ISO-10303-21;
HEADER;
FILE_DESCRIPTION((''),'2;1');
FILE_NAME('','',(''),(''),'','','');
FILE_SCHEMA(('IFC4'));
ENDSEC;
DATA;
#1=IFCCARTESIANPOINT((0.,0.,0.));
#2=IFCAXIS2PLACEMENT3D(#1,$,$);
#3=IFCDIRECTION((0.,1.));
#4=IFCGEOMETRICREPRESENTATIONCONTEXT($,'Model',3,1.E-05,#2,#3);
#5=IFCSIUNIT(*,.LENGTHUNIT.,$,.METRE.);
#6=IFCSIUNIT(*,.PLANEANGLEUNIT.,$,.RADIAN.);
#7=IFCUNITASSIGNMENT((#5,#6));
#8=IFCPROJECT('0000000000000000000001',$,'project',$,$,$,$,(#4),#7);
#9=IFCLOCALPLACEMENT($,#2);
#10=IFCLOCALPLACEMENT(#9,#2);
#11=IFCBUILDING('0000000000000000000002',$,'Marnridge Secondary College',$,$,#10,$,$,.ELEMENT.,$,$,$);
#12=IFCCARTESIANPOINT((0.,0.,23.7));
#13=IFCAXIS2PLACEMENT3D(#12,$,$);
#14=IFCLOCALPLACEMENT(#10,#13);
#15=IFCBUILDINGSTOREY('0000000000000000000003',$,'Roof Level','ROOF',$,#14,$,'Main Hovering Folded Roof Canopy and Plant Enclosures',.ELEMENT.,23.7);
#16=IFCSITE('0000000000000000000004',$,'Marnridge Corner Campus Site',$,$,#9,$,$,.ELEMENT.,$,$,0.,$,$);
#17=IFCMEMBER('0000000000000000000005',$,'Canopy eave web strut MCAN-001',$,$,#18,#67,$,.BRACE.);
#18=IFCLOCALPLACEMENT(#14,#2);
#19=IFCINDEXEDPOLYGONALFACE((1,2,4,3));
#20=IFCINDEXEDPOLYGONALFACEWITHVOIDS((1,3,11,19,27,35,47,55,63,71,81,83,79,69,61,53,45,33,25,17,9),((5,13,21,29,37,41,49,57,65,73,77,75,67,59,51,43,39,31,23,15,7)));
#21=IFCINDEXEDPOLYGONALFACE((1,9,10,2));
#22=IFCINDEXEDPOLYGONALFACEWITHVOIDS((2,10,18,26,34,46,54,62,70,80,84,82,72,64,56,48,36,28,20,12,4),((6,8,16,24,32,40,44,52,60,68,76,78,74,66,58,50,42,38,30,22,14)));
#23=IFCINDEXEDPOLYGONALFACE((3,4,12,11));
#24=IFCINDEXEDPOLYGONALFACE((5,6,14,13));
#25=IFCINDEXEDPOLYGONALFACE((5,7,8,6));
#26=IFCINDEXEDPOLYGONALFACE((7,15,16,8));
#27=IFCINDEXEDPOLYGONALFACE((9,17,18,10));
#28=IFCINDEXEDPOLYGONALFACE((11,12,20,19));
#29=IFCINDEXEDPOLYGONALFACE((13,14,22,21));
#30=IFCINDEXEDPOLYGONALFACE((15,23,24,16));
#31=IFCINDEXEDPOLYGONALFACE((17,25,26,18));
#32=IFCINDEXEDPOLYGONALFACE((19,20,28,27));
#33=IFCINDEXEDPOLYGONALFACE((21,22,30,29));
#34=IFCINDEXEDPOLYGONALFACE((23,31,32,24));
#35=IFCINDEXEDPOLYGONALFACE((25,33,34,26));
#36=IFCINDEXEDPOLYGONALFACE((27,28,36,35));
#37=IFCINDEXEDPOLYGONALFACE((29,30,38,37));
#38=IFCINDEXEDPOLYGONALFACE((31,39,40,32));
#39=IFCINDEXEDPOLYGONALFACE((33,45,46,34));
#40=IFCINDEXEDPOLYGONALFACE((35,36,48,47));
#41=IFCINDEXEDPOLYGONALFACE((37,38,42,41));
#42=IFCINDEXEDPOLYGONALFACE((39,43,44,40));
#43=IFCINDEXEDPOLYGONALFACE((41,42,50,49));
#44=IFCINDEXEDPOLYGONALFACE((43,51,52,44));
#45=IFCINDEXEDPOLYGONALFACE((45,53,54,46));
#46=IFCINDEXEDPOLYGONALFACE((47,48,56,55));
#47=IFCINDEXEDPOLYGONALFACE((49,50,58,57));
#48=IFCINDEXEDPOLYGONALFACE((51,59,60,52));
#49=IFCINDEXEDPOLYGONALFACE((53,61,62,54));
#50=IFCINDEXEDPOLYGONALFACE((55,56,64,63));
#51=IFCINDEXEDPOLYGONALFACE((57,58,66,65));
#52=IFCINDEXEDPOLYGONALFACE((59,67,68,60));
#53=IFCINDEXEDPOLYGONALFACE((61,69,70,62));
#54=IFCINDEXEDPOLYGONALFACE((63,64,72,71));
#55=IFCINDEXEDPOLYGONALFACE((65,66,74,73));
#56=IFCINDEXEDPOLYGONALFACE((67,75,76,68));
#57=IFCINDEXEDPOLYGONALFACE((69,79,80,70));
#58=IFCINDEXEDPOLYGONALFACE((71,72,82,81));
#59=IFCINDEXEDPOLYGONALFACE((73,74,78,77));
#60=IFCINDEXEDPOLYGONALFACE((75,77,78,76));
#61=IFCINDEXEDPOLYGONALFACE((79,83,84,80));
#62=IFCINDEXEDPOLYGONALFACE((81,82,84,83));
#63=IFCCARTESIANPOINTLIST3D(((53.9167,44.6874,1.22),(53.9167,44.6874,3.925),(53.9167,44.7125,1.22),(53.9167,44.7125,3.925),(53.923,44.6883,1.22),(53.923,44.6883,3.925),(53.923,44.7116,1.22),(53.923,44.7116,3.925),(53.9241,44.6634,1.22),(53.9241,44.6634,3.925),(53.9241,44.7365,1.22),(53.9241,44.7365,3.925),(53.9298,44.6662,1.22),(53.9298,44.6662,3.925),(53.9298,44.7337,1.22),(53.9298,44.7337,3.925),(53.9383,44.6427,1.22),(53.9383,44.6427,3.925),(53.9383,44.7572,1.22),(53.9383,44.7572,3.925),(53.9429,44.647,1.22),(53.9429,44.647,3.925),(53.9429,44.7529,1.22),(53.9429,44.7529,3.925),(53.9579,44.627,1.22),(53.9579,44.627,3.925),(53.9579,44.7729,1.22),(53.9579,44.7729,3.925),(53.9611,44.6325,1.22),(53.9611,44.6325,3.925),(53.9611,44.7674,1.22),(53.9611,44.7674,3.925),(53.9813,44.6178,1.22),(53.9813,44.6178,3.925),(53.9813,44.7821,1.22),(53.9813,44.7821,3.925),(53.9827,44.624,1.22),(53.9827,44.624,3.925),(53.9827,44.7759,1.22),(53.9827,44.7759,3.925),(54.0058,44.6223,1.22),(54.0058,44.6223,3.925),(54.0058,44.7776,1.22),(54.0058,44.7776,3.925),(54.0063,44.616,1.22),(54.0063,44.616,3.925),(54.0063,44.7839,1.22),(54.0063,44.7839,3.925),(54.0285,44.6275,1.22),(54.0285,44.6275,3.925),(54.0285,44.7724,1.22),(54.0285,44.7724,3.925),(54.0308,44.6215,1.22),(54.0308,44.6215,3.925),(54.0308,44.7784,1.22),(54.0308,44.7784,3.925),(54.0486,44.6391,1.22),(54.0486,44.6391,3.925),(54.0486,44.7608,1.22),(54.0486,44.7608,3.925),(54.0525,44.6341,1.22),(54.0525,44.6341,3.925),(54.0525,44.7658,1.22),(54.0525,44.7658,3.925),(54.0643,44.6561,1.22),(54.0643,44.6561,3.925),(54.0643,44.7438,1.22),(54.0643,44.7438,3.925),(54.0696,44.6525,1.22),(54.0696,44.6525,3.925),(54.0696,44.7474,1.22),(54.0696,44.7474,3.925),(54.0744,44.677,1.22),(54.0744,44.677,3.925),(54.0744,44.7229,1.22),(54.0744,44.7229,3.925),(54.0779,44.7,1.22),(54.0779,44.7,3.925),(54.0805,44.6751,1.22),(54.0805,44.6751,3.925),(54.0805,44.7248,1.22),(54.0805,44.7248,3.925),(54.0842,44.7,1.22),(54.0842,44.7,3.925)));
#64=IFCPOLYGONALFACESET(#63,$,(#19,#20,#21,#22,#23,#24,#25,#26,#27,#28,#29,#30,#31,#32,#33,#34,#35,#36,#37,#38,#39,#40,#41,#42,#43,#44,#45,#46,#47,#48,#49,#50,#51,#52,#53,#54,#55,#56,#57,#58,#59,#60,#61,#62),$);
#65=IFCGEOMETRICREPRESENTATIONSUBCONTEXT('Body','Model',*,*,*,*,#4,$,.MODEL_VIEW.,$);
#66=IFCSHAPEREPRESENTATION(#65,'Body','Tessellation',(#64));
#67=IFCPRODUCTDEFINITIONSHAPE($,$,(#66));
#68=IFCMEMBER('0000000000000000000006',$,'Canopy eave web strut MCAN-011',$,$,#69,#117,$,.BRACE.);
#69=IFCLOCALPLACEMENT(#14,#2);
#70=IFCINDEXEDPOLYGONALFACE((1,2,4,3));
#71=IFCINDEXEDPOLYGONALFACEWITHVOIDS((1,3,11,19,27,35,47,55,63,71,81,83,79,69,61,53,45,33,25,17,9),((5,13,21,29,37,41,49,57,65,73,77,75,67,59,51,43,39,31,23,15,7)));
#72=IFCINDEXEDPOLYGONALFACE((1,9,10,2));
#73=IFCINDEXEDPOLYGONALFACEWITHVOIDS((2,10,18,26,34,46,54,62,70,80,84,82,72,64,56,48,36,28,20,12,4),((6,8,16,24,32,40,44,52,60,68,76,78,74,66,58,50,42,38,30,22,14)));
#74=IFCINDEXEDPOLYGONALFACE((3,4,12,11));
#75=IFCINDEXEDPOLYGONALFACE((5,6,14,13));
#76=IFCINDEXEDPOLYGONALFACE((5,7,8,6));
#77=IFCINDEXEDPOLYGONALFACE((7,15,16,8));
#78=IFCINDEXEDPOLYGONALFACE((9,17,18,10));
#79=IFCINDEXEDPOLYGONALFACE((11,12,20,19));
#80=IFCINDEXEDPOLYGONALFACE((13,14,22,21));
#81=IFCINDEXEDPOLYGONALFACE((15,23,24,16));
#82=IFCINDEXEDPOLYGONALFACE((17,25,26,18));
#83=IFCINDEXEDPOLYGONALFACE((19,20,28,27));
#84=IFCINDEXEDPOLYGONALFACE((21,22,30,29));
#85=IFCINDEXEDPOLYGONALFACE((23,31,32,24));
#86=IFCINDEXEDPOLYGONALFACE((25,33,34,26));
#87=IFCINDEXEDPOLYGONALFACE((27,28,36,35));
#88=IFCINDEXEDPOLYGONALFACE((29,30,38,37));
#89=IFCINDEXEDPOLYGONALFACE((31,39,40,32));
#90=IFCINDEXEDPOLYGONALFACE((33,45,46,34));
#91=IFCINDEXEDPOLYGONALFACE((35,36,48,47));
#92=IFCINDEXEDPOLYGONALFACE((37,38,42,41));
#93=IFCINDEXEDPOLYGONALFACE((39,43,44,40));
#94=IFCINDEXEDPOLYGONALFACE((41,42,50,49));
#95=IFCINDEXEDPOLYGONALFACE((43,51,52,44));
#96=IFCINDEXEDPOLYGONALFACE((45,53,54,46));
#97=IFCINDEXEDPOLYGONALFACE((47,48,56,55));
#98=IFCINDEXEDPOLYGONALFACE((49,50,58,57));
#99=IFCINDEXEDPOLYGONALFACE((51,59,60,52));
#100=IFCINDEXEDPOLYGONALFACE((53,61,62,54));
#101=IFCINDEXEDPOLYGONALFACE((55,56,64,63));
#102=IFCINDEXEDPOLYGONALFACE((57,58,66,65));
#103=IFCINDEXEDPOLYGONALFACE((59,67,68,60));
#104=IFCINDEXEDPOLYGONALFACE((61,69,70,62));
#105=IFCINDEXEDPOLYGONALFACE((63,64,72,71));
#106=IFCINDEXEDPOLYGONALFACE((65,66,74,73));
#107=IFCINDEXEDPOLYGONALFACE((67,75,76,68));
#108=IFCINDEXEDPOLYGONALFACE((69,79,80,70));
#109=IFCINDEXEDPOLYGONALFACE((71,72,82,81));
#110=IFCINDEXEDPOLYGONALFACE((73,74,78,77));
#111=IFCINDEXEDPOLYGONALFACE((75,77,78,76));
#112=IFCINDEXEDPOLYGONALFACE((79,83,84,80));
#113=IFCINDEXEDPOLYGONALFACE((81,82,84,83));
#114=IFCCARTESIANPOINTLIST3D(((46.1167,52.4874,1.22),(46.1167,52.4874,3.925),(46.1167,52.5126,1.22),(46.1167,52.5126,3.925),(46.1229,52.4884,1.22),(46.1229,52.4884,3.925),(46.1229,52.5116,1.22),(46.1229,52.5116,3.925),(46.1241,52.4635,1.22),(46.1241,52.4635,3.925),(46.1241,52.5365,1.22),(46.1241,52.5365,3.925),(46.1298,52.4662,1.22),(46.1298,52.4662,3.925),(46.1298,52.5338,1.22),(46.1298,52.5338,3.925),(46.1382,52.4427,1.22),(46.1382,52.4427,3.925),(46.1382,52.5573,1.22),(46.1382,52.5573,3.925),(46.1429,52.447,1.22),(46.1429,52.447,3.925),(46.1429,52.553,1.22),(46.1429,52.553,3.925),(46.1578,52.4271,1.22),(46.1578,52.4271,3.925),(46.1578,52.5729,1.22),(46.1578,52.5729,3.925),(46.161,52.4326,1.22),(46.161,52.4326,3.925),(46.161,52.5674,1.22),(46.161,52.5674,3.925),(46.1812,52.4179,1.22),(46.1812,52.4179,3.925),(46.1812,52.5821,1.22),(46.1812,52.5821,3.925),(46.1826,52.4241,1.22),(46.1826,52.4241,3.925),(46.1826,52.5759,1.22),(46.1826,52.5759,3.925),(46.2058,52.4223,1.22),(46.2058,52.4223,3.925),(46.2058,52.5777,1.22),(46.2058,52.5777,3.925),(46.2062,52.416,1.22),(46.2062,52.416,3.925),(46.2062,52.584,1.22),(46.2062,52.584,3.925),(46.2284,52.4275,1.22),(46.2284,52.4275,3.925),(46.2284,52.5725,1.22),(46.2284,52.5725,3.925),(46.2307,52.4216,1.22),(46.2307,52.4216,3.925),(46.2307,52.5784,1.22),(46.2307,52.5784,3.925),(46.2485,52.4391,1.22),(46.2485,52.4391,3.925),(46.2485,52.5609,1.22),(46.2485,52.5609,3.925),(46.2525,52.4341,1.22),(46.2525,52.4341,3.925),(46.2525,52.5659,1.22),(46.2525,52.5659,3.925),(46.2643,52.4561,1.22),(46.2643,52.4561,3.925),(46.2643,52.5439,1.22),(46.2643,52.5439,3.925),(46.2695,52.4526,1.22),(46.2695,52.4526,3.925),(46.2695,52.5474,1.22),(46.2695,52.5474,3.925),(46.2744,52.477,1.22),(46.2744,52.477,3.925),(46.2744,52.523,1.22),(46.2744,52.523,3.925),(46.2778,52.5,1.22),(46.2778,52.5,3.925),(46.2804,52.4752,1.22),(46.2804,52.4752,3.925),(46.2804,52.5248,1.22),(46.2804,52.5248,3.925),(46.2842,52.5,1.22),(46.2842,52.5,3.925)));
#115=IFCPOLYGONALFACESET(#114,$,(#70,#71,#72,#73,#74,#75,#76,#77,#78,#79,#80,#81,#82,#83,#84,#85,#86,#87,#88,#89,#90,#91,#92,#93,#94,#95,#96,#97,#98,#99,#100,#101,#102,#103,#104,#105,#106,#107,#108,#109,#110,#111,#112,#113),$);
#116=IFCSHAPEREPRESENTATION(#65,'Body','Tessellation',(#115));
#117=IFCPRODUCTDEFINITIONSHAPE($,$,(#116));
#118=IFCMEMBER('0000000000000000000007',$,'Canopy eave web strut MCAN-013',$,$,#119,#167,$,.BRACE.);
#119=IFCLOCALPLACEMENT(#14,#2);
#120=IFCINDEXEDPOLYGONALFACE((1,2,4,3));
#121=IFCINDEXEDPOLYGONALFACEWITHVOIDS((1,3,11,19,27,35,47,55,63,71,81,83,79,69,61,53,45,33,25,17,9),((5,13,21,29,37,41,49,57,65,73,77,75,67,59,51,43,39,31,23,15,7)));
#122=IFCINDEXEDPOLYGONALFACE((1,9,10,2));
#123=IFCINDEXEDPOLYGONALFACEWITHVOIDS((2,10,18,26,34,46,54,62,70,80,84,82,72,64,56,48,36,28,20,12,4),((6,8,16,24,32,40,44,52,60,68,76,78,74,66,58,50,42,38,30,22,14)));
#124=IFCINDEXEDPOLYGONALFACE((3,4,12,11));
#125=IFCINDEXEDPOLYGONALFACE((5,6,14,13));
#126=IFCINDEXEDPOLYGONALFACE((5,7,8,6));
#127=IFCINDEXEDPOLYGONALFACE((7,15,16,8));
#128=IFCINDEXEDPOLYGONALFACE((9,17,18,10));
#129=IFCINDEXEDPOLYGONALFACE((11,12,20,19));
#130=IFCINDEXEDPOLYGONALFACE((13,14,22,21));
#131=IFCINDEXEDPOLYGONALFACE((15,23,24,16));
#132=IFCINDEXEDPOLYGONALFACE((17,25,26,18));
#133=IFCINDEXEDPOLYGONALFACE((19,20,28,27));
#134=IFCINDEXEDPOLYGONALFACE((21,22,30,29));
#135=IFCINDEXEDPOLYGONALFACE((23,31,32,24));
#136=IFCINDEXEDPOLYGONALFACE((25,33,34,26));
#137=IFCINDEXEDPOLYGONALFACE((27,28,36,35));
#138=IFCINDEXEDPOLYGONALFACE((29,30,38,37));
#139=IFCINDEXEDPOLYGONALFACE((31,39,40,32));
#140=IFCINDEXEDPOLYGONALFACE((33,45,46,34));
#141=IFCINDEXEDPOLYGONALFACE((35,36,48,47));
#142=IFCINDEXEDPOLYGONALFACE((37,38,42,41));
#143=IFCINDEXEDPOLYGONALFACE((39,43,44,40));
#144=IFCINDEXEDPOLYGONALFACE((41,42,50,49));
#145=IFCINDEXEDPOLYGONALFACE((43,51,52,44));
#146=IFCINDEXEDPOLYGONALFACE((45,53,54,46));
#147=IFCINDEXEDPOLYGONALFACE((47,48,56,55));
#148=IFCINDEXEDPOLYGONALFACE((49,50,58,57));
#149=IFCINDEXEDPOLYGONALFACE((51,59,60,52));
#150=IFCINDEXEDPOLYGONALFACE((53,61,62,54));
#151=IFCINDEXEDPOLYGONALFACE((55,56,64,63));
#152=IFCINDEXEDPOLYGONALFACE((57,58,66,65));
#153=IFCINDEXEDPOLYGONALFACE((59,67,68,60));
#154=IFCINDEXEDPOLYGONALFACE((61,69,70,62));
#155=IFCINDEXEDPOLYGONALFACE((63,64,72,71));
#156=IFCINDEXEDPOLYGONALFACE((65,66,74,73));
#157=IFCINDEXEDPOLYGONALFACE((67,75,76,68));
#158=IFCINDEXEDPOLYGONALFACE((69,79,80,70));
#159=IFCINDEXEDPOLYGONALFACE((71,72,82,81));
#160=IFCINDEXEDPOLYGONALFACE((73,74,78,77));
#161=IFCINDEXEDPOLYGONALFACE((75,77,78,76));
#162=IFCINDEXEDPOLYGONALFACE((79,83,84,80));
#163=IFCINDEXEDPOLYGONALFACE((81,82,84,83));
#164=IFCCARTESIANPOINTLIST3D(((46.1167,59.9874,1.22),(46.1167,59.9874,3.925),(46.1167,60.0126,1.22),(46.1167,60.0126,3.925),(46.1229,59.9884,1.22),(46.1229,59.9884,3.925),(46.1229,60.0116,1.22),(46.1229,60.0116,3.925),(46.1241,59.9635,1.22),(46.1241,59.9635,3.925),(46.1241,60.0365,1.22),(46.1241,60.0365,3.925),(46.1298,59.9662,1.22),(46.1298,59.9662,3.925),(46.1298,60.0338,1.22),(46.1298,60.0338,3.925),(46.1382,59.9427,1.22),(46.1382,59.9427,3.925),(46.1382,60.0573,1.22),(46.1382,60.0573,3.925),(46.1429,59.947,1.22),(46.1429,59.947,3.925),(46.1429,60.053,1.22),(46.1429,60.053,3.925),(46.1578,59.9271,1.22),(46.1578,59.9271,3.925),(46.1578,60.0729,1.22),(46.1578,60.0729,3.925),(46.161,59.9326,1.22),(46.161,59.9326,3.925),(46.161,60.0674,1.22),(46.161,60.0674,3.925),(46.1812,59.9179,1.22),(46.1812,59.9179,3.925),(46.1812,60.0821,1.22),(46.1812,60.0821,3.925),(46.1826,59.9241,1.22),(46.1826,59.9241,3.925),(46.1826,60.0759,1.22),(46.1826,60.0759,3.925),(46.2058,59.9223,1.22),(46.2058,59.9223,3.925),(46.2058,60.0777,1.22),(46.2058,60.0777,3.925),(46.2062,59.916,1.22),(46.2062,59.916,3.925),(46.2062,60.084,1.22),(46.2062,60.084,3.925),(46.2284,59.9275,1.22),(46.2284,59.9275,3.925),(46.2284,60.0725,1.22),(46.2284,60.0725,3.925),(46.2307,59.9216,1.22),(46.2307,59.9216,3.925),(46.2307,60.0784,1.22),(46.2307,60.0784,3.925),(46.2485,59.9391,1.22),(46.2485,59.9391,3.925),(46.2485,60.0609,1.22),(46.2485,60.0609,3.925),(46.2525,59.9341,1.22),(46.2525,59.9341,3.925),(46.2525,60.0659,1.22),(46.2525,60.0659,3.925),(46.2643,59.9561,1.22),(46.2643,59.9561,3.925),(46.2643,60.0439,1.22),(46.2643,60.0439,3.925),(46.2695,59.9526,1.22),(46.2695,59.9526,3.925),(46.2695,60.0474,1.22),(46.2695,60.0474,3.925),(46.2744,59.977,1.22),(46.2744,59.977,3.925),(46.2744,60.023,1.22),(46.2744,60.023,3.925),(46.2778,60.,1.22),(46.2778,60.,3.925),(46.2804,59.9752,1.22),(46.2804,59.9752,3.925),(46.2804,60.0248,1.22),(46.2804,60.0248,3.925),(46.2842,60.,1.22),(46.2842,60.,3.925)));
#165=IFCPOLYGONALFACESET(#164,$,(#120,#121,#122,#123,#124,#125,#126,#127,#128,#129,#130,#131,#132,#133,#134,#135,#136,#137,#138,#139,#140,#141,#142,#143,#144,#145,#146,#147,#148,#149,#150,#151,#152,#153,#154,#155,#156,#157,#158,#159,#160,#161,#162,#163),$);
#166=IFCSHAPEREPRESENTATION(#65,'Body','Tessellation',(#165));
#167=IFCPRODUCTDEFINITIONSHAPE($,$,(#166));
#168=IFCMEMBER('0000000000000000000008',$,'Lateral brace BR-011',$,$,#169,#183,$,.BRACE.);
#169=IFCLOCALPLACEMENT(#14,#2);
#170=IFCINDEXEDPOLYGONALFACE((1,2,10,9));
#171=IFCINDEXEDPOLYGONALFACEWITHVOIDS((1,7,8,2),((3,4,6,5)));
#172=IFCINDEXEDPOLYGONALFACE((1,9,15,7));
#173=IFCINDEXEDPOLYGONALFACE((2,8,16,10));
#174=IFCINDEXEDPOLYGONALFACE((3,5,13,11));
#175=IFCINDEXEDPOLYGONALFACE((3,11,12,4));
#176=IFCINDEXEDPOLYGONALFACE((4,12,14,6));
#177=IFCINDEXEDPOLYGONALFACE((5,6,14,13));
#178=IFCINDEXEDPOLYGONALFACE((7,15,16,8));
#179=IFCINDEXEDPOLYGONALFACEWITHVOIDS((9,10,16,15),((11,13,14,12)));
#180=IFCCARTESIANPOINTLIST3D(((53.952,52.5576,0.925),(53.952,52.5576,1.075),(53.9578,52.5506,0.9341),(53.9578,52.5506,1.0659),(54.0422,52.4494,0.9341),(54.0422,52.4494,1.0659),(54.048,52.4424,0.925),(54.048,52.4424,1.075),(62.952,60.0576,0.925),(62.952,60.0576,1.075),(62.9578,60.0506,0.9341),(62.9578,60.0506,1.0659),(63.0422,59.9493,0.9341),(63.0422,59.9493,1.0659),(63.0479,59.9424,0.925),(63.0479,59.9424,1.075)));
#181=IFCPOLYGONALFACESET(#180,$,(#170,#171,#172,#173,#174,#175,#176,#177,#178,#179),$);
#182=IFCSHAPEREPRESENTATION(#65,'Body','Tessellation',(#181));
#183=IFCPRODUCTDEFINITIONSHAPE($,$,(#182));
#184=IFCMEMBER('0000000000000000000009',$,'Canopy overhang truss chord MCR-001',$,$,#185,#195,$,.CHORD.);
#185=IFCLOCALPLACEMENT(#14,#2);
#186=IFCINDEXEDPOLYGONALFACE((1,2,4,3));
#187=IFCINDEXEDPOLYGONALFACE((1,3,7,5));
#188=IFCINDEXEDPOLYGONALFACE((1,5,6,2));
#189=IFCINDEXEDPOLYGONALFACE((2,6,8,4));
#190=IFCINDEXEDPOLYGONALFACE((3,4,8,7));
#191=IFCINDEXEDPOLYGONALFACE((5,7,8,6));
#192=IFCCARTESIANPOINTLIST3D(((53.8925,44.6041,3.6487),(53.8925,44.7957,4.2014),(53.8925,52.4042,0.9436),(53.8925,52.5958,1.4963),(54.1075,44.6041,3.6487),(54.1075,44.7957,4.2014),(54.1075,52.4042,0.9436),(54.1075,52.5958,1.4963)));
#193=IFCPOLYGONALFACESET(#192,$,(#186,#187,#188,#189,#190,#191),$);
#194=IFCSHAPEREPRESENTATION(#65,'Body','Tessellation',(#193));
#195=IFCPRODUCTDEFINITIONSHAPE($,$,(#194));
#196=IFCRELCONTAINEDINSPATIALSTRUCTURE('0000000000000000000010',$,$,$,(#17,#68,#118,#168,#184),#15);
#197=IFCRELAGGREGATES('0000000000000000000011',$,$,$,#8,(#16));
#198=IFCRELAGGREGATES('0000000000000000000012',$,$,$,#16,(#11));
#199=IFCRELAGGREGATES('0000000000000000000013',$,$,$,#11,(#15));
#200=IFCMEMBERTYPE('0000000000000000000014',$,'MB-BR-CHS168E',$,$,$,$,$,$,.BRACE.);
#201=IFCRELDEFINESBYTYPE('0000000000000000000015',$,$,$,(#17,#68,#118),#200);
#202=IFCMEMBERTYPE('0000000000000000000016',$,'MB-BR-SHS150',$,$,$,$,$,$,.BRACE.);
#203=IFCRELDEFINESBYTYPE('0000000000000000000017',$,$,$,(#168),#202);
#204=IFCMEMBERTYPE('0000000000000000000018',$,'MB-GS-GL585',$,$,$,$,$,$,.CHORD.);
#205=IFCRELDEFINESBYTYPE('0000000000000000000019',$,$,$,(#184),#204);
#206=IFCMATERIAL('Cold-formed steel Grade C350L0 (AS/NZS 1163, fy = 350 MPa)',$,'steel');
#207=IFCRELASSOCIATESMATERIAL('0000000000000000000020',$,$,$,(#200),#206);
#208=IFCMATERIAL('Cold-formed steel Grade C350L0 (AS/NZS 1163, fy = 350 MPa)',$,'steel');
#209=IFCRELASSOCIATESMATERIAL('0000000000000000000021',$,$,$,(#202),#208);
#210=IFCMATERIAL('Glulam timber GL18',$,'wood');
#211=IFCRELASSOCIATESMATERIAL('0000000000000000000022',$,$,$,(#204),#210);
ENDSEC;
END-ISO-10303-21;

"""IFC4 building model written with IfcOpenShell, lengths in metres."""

from ifc_helpers import new_model, si_unit, direction, frame, origin, origin_2d, place, context, subcontext, project, spatial, rectangle, hollow_rectangle, hollow_circle, extrude, material, material_profile, profile_set, type_object, element, save


model = new_model("IFC4")

# Units and contexts
model_context = context("Model", 3, precision=1e-05, world=origin(), true_north=direction((0.0, 1.0)))
body_context = subcontext(model_context, "Body", "Model", "MODEL_VIEW")
ifc_project = project(units=[si_unit("LENGTHUNIT", "METRE"), si_unit("PLANEANGLEUNIT", "RADIAN")], contexts=[model_context])

# Site, building, storey
site_placement = place(None, origin())
site = spatial("IfcSite", under=ifc_project, at=site_placement, Name="Marnridge Corner Campus Site", CompositionType="ELEMENT", RefElevation=0.0)
building_placement = place(site_placement, origin())
building = spatial("IfcBuilding", under=site, at=building_placement, Name="Marnridge Secondary College", CompositionType="ELEMENT")
storey_placement = place(building_placement, frame((0.0, 0.0, 23.7)))
storey = spatial("IfcBuildingStorey", under=building, at=storey_placement, Name="Roof Level", Description="ROOF", LongName="Main Hovering Folded Roof Canopy and Plant Enclosures", CompositionType="ELEMENT", Elevation=23.7)

# Members
ifc_material_1 = material(Name="Cold-formed steel Grade C350L0 (AS/NZS 1163, fy = 350 MPa)", Category="steel")
ifc_material_profile_1 = material_profile(ifc_material_1, hollow_circle(Radius=0.0842, WallThickness=0.0063, at=origin_2d()), Name="168.3x6.4CHS")
ifc_profile_set_1 = profile_set([ifc_material_profile_1], Name="Cold-formed steel Grade C350L0 (AS/NZS 1163, fy = 350 MPa)")
member_type_1 = type_object("IfcMemberType", Name="MB-BR-CHS168E", PredefinedType="BRACE", material=ifc_profile_set_1)
for number, where, z_axis, x_axis, name in (
    (1, (54.0, 44.7, 1.22), (0.0, 0.0, 1.0), (1.0, 0.0, 0.0), "Canopy eave web strut MCAN-001"),
    (2, (46.2, 52.5, 1.22), (0.0, 0.0, 1.0), (1.0, 0.0, 0.0), "Canopy eave web strut MCAN-011"),
    (3, (46.2, 60.0, 1.22), (0.0, 0.0, 1.0), (1.0, 0.0, 0.0), "Canopy eave web strut MCAN-013"),
):
    element("IfcMember", number, at=place(storey_placement, frame(where, z_axis=z_axis, x_axis=x_axis)), inside=storey, type_object=member_type_1, Name=name, PredefinedType="BRACE", context=body_context, shape_type="SweptSolid", body=[
        extrude(hollow_circle(Radius=0.0842, WallThickness=0.0063, at=origin_2d()), origin(), (0.0, 0.0, 1.0), 2.7051),
    ])
ifc_material_2 = material(Name="Cold-formed steel Grade C350L0 (AS/NZS 1163, fy = 350 MPa)", Category="steel")
ifc_material_profile_2 = material_profile(ifc_material_2, hollow_rectangle(XDim=0.1499, YDim=0.1499, WallThickness=0.009, at=origin_2d()), Name="150x150x9.0SHS")
ifc_profile_set_2 = profile_set([ifc_material_profile_2], Name="Cold-formed steel Grade C350L0 (AS/NZS 1163, fy = 350 MPa)")
member_type_2 = type_object("IfcMemberType", Name="MB-BR-SHS150", PredefinedType="BRACE", material=ifc_profile_set_2)
member_placement = place(storey_placement, frame((54.0, 52.5, 1.0), z_axis=(0.768221, 0.640184, 0.0), x_axis=(-0.640184, 0.768221, 0.0)))
element("IfcMember", 4, at=member_placement, inside=storey, type_object=member_type_2, Name="Lateral brace BR-011", PredefinedType="BRACE", context=body_context, shape_type="SweptSolid", body=[
    extrude(hollow_rectangle(XDim=0.1499, YDim=0.1499, WallThickness=0.009, at=origin_2d()), origin(), (0.0, 0.0, 1.0), 11.7153),
])
ifc_material_3 = material(Name="Glulam timber GL18", Category="wood")
ifc_material_profile_3 = material_profile(ifc_material_3, rectangle(XDim=0.2151, YDim=0.585, at=origin_2d()), Name="GL18 215x585")
ifc_profile_set_3 = profile_set([ifc_material_profile_3], Name="Glulam timber GL18")
member_type_3 = type_object("IfcMemberType", Name="MB-GS-GL585", PredefinedType="CHORD", material=ifc_profile_set_3)
for number, where, z_axis, x_axis, name in (
    (5, (54.0, 52.5, 1.22), (0.0, -0.944796, 0.327658), (1.0, 0.0, 0.0), "Canopy overhang truss chord MCR-001"),
):
    element("IfcMember", number, at=place(storey_placement, frame(where, z_axis=z_axis, x_axis=x_axis)), inside=storey, type_object=member_type_3, Name=name, PredefinedType="CHORD", context=body_context, shape_type="SweptSolid", body=[
        extrude(rectangle(XDim=0.2151, YDim=0.585, at=origin_2d()), origin(), (0.0, 0.0, 1.0), 8.2559),
    ])

save(model, "model.ifc")
